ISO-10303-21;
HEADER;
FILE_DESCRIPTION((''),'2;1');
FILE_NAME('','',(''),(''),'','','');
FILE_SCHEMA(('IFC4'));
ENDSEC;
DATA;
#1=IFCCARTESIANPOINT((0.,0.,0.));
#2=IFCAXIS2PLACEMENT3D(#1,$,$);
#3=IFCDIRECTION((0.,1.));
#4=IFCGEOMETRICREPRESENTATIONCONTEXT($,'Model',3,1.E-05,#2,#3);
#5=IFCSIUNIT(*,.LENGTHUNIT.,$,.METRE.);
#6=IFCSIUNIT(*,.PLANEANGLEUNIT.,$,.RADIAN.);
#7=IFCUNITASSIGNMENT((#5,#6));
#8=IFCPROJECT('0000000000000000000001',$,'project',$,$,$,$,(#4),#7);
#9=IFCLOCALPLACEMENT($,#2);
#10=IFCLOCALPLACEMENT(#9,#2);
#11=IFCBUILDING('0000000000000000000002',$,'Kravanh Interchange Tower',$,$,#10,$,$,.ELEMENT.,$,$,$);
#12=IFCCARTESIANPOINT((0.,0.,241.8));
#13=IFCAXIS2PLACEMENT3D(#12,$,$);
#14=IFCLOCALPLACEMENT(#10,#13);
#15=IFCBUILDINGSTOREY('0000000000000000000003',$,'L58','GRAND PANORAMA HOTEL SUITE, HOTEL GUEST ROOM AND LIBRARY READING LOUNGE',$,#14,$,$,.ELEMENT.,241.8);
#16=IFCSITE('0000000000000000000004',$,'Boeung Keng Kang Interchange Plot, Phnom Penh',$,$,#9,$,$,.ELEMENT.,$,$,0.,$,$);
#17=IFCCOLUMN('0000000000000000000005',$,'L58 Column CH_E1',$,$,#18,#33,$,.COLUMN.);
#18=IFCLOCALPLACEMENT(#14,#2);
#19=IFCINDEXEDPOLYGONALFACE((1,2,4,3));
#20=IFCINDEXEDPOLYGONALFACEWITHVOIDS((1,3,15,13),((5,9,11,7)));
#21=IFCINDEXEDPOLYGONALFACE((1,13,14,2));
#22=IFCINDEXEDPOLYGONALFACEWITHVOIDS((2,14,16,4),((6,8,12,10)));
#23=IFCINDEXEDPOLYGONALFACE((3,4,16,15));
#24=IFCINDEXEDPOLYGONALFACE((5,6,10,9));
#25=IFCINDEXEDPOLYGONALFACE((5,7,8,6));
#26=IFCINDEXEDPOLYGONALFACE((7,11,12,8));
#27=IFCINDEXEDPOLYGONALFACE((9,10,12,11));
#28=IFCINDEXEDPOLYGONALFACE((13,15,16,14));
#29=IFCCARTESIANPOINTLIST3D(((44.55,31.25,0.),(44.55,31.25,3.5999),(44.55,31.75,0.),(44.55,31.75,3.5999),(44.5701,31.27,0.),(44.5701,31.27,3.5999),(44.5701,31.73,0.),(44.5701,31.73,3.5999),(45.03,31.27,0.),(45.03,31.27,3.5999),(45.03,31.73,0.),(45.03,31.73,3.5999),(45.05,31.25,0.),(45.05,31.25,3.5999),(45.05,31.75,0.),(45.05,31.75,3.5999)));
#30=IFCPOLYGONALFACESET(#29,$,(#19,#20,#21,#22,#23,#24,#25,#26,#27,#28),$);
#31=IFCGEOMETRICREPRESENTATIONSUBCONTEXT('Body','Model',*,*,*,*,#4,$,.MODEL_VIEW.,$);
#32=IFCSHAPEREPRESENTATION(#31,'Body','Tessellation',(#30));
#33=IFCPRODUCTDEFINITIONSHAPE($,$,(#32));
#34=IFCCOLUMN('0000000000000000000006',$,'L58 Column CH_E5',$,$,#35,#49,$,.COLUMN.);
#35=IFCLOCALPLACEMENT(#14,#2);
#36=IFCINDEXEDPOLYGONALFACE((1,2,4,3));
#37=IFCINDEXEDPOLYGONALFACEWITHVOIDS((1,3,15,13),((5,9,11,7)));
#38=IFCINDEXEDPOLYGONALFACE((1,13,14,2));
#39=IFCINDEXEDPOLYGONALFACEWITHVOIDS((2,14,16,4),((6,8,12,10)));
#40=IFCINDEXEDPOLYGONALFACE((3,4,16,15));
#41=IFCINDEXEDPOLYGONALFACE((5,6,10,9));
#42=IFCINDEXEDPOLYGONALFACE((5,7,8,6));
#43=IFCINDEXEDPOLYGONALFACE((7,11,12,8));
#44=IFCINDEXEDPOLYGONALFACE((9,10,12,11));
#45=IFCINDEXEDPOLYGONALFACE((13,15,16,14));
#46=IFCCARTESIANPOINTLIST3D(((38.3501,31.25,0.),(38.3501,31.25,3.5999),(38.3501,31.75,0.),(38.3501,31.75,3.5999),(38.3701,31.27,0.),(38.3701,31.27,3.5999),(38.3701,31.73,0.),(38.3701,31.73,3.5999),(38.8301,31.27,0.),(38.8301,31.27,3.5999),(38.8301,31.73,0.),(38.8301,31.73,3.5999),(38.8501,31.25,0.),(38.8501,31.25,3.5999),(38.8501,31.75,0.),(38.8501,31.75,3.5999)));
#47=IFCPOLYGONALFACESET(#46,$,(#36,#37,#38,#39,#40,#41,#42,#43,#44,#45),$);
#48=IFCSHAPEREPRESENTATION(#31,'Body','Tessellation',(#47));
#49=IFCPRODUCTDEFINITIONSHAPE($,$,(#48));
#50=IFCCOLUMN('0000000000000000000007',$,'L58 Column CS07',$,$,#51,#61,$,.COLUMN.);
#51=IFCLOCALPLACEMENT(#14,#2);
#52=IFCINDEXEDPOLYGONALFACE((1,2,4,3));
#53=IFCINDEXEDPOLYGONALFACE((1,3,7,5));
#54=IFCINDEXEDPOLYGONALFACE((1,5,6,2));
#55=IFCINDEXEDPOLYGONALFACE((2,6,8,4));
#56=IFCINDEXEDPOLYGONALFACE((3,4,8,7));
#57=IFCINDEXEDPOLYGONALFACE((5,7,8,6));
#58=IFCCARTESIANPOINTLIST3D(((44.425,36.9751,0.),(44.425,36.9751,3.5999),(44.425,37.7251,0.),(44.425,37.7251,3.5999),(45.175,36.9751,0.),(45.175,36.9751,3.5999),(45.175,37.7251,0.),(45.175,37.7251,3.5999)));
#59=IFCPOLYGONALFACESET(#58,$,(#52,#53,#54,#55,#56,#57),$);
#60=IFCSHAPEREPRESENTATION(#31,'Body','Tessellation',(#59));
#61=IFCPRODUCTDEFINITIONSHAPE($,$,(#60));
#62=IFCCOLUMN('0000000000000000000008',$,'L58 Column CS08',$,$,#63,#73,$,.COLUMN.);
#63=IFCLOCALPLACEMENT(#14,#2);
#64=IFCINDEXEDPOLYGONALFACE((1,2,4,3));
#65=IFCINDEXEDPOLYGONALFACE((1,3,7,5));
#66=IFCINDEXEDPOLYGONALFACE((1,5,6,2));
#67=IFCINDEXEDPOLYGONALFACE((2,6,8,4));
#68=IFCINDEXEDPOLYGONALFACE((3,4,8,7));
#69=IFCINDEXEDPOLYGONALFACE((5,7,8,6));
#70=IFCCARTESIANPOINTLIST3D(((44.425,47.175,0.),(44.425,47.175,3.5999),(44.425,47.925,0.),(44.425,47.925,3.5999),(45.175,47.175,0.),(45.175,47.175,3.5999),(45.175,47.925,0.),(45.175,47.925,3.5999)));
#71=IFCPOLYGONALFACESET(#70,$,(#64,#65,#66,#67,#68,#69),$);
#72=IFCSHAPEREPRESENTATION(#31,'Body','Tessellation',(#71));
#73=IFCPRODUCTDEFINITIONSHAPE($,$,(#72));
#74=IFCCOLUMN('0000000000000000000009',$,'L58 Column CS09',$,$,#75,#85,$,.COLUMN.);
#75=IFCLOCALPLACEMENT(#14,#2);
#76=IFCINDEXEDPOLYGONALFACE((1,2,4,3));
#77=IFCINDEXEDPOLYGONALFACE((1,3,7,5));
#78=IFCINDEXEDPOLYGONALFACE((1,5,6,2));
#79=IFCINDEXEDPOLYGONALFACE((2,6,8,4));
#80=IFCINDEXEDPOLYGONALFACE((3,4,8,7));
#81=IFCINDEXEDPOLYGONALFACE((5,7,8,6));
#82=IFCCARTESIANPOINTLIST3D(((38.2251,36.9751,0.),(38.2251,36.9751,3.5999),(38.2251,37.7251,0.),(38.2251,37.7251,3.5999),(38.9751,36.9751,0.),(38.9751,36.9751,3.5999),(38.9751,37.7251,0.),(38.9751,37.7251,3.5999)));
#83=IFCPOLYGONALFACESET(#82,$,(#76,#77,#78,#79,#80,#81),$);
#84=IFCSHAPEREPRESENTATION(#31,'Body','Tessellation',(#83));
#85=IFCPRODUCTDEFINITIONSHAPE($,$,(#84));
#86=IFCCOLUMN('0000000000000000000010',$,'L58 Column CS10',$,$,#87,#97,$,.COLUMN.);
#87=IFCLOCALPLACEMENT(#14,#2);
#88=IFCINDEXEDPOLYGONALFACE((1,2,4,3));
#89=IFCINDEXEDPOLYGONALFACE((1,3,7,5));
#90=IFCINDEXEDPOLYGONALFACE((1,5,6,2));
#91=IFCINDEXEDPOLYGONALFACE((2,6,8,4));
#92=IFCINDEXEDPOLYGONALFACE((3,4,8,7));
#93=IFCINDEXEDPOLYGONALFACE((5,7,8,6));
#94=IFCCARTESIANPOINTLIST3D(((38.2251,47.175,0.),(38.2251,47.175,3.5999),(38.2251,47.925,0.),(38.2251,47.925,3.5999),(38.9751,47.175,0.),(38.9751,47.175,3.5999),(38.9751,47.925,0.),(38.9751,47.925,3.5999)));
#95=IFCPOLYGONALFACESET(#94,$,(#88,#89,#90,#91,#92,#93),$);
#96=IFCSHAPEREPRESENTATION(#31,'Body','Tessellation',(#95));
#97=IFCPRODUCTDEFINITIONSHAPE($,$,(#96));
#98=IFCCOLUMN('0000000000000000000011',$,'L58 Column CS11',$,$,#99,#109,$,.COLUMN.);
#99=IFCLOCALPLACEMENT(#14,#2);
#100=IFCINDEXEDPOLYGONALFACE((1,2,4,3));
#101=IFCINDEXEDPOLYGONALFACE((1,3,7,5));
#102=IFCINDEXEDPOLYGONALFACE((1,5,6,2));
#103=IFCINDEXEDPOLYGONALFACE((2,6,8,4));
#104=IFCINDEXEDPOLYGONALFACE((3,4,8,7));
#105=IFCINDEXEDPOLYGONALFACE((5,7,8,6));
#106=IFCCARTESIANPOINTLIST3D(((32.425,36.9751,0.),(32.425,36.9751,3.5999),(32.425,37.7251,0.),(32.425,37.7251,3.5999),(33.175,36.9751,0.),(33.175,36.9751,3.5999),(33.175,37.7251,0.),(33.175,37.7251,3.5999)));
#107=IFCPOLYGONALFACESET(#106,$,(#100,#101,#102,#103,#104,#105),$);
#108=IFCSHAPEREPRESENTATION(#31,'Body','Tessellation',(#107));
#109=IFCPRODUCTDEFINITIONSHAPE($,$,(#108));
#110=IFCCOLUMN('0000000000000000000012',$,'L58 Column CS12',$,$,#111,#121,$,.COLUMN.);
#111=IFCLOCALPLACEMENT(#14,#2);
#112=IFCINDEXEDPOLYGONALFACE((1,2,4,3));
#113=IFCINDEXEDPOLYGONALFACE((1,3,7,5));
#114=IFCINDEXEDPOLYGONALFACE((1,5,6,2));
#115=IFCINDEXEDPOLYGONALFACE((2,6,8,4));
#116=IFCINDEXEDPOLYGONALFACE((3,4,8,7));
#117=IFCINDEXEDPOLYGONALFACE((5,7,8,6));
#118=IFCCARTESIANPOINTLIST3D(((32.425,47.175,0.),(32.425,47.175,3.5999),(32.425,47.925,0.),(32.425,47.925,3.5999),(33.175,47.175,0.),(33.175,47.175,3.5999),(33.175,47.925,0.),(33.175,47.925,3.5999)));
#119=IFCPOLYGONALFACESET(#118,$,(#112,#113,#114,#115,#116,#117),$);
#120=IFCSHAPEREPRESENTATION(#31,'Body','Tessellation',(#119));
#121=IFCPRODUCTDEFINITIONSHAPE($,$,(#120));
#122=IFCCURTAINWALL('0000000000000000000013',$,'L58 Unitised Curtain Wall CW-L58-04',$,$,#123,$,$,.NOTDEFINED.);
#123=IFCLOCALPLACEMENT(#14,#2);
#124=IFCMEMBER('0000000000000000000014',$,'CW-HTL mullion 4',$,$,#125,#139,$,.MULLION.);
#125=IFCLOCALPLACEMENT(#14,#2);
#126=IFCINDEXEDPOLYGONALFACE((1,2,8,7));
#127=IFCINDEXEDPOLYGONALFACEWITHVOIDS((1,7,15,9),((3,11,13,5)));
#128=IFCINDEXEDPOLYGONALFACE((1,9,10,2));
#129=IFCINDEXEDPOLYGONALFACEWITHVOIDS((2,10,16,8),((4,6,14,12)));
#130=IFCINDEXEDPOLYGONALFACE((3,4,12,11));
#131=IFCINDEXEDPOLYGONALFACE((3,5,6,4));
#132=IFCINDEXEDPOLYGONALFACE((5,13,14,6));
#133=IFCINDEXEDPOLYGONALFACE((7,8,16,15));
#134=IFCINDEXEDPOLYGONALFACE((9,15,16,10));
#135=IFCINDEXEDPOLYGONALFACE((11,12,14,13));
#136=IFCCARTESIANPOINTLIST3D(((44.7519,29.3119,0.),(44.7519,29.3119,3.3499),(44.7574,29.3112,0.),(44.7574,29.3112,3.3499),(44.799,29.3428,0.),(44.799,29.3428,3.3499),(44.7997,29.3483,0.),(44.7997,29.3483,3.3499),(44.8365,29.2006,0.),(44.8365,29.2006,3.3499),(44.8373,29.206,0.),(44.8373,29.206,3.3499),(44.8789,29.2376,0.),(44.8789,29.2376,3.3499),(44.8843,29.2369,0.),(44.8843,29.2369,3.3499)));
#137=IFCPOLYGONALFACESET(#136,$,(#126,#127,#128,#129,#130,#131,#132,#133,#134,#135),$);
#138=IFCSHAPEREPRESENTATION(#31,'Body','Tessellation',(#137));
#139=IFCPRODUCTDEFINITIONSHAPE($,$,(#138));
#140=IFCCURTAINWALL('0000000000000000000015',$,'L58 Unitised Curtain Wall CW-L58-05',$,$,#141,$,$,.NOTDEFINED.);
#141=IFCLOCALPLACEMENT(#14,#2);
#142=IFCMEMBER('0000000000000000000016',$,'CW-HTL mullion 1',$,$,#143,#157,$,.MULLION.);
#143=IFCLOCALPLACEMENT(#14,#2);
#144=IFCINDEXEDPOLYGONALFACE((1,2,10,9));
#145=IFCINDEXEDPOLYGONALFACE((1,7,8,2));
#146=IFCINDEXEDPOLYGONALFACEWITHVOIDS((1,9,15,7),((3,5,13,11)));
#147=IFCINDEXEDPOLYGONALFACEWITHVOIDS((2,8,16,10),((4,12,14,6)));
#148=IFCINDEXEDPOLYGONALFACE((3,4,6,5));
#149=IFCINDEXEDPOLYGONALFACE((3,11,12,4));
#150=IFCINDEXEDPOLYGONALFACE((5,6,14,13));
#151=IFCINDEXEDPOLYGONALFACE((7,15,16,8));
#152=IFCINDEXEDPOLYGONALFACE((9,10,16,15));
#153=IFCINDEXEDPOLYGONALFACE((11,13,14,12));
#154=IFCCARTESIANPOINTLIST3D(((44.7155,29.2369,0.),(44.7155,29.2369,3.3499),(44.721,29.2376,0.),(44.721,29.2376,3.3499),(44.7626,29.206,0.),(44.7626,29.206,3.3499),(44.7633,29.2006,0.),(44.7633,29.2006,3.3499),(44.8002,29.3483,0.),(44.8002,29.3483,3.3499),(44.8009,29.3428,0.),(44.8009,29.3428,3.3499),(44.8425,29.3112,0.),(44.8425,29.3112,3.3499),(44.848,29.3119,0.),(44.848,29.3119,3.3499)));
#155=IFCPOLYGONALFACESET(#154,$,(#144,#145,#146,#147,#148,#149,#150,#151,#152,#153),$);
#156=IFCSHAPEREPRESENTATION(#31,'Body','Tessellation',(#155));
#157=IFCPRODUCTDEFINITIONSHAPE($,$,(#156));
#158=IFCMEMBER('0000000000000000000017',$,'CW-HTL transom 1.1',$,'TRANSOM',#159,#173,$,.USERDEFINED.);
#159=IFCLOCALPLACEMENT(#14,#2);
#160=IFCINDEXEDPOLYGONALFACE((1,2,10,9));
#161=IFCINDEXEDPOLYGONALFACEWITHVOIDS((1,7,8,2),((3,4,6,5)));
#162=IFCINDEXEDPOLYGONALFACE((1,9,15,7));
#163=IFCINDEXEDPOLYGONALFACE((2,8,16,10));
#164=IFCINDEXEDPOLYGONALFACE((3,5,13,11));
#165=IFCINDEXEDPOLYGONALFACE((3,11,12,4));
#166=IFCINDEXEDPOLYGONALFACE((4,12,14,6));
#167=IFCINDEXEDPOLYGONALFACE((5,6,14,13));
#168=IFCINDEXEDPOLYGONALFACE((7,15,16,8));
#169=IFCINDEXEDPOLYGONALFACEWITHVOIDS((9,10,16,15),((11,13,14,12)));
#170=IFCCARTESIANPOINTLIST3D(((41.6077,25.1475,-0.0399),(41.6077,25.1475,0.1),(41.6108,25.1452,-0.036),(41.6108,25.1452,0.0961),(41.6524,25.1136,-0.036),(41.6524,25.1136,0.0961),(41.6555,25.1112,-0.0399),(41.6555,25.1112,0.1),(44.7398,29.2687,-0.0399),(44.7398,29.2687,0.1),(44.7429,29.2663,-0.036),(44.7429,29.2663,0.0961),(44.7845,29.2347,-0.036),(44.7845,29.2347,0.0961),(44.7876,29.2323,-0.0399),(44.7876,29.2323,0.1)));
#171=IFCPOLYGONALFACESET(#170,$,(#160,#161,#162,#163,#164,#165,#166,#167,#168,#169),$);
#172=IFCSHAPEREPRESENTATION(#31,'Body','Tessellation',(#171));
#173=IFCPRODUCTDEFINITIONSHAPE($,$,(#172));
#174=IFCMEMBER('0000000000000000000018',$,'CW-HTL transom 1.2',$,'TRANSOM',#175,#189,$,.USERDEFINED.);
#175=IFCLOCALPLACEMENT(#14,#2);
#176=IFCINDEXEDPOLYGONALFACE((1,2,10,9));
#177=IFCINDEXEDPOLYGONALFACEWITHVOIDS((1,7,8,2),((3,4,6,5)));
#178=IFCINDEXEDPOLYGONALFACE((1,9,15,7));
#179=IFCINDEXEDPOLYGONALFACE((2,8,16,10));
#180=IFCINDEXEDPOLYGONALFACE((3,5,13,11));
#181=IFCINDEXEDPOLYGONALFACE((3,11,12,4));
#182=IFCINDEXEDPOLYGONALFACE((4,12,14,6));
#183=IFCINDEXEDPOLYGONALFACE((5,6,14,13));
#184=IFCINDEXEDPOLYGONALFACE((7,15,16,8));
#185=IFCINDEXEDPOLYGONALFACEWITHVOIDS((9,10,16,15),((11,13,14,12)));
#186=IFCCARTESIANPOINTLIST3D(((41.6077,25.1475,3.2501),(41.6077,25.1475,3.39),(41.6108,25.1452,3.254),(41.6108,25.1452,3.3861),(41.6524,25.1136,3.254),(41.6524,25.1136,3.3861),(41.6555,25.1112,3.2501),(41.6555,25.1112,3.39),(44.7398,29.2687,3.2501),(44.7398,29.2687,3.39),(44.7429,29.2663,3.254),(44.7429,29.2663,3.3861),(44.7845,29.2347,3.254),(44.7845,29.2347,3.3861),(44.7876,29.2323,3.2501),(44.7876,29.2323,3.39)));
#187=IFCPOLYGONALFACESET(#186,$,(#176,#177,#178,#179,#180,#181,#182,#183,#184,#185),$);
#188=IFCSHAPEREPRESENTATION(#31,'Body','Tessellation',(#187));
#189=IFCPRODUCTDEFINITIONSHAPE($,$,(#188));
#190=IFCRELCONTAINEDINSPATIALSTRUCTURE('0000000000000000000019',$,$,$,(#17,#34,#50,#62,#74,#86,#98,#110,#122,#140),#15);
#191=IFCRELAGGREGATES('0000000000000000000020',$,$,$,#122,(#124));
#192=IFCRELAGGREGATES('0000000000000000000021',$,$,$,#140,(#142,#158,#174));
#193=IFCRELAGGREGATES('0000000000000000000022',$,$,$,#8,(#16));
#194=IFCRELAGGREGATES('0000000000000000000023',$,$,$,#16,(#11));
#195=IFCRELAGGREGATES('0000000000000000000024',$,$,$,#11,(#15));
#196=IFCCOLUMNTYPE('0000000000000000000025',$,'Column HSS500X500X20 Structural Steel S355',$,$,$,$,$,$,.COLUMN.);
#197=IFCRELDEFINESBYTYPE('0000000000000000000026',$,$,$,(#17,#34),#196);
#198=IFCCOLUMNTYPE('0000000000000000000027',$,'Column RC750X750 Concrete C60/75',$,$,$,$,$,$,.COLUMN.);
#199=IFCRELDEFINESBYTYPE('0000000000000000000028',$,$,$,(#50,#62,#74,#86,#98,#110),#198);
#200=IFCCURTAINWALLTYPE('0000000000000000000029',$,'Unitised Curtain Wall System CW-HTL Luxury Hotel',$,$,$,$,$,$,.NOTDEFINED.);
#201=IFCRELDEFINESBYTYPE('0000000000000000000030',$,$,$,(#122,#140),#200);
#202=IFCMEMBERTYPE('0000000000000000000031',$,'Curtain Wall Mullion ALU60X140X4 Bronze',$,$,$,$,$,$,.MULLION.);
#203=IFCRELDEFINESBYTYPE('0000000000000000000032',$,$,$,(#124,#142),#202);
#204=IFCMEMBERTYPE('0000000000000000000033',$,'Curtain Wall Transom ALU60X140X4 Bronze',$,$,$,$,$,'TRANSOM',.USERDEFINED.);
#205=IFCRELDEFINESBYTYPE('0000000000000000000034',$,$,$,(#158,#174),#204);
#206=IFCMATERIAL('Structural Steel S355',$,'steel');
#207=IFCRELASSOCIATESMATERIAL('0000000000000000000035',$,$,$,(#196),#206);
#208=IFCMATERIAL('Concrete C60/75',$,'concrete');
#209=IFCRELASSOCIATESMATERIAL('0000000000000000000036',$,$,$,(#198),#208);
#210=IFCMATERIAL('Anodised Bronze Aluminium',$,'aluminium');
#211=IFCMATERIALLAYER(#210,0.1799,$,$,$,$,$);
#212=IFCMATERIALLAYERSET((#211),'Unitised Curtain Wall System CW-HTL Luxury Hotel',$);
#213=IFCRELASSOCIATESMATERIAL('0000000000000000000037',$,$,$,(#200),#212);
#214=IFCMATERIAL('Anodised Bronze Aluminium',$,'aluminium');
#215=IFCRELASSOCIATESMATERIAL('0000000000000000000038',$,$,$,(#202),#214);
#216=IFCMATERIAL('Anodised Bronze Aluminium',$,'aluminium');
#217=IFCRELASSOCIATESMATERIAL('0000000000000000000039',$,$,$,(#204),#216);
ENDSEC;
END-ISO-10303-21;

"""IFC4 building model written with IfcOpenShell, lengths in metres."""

from ifc_helpers import new_model, si_unit, direction, frame, origin, origin_2d, place, context, subcontext, project, spatial, rectangle, hollow_rectangle, extrude, material, layer, layer_set, material_profile, profile_set, type_object, element, aggregate, save


model = new_model("IFC4")

# Units and contexts
model_context = context("Model", 3, precision=1e-05, world=origin(), true_north=direction((0.0, 1.0)))
body_context = subcontext(model_context, "Body", "Model", "MODEL_VIEW")
ifc_project = project(units=[si_unit("LENGTHUNIT", "METRE"), si_unit("PLANEANGLEUNIT", "RADIAN")], contexts=[model_context])

# Site, building, storey
site_placement = place(None, origin())
site = spatial("IfcSite", under=ifc_project, at=site_placement, Name="Boeung Keng Kang Interchange Plot, Phnom Penh", CompositionType="ELEMENT", RefElevation=0.0)
building_placement = place(site_placement, origin())
building = spatial("IfcBuilding", under=site, at=building_placement, Name="Kravanh Interchange Tower", CompositionType="ELEMENT")
storey_placement = place(building_placement, frame((0.0, 0.0, 241.8)))
storey = spatial("IfcBuildingStorey", under=building, at=storey_placement, Name="L58", Description="GRAND PANORAMA HOTEL SUITE, HOTEL GUEST ROOM AND LIBRARY READING LOUNGE", CompositionType="ELEMENT", Elevation=241.8)

# Columns
ifc_material_1 = material(Name="Structural Steel S355", Category="steel")
ifc_material_profile_1 = material_profile(ifc_material_1, hollow_rectangle(XDim=0.5, YDim=0.5, WallThickness=0.02, at=origin_2d()), Name="HSS500X500X20")
ifc_profile_set_1 = profile_set([ifc_material_profile_1], Name="Structural Steel S355")
column_type_1 = type_object("IfcColumnType", Name="Column HSS500X500X20 Structural Steel S355", PredefinedType="COLUMN", material=ifc_profile_set_1)
for number, where, z_axis, x_axis, name in (
    (1, (44.8, 31.5, 0.0), (0.0, 0.0, 1.0), (1.0, 0.0, 0.0), "L58 Column CH_E1"),
    (2, (38.6001, 31.5, 0.0), (0.0, 0.0, 1.0), (1.0, 0.0, 0.0), "L58 Column CH_E5"),
):
    element("IfcColumn", number, at=place(storey_placement, frame(where, z_axis=z_axis, x_axis=x_axis)), inside=storey, type_object=column_type_1, Name=name, PredefinedType="COLUMN", context=body_context, shape_type="SweptSolid", body=[
        extrude(hollow_rectangle(XDim=0.5, YDim=0.5, WallThickness=0.02, at=origin_2d()), origin(), (0.0, 0.0, 1.0), 3.5999),
    ])
ifc_material_2 = material(Name="Concrete C60/75", Category="concrete")
ifc_material_profile_2 = material_profile(ifc_material_2, rectangle(XDim=0.75, YDim=0.75, at=origin_2d()), Name="RC750X750")
ifc_profile_set_2 = profile_set([ifc_material_profile_2], Name="Concrete C60/75")
column_type_2 = type_object("IfcColumnType", Name="Column RC750X750 Concrete C60/75", PredefinedType="COLUMN", material=ifc_profile_set_2)
for number, where, z_axis, x_axis, name in (
    (3, (44.8, 37.3501, 0.0), (0.0, 0.0, 1.0), (1.0, 0.0, 0.0), "L58 Column CS07"),
    (4, (44.8, 47.55, 0.0), (0.0, 0.0, 1.0), (1.0, 0.0, 0.0), "L58 Column CS08"),
    (5, (38.6001, 37.3501, 0.0), (0.0, 0.0, 1.0), (1.0, 0.0, 0.0), "L58 Column CS09"),
    (6, (38.6001, 47.55, 0.0), (0.0, 0.0, 1.0), (1.0, 0.0, 0.0), "L58 Column CS10"),
    (7, (32.8, 37.3501, 0.0), (0.0, 0.0, 1.0), (1.0, 0.0, 0.0), "L58 Column CS11"),
    (8, (32.8, 47.55, 0.0), (0.0, 0.0, 1.0), (1.0, 0.0, 0.0), "L58 Column CS12"),
):
    element("IfcColumn", number, at=place(storey_placement, frame(where, z_axis=z_axis, x_axis=x_axis)), inside=storey, type_object=column_type_2, Name=name, PredefinedType="COLUMN", context=body_context, shape_type="SweptSolid", body=[
        extrude(rectangle(XDim=0.75, YDim=0.75, at=origin_2d()), origin(), (0.0, 0.0, 1.0), 3.5999),
    ])

# Curtain wall, member
ifc_material_3 = material(Name="Anodised Bronze Aluminium", Category="aluminium")
ifc_layer_1 = layer(ifc_material_3, 0.1799)
ifc_layer_set_1 = layer_set([ifc_layer_1], Name="Unitised Curtain Wall System CW-HTL Luxury Hotel")
curtain_wall_type = type_object("IfcCurtainWallType", Name="Unitised Curtain Wall System CW-HTL Luxury Hotel", PredefinedType="NOTDEFINED", material=ifc_layer_set_1)
curtain_wall_1_placement = place(storey_placement, origin())
curtain_wall_1 = element("IfcCurtainWall", 9, at=curtain_wall_1_placement, inside=storey, type_object=curtain_wall_type, Name="L58 Unitised Curtain Wall CW-L58-04", PredefinedType="NOTDEFINED")
ifc_material_4 = material(Name="Anodised Bronze Aluminium", Category="aluminium")
ifc_material_profile_3 = material_profile(ifc_material_4, hollow_rectangle(XDim=0.0601, YDim=0.1399, WallThickness=0.0039, at=origin_2d()), Name="ALU60X140X4")
ifc_profile_set_3 = profile_set([ifc_material_profile_3], Name="Anodised Bronze Aluminium")
member_type_1 = type_object("IfcMemberType", Name="Curtain Wall Mullion ALU60X140X4 Bronze", PredefinedType="MULLION", material=ifc_profile_set_3)
member_1_placement = place(storey_placement, frame((44.8181, 29.2744, 0.0), z_axis=(0.0, 0.0, 1.0), x_axis=(-0.796162, -0.605083, 0.0)))
member_1 = element("IfcMember", 10, at=member_1_placement, type_object=member_type_1, Name="CW-HTL mullion 4", PredefinedType="MULLION", context=body_context, shape_type="SweptSolid", body=[
    extrude(hollow_rectangle(XDim=0.0601, YDim=0.1399, WallThickness=0.0039, at=origin_2d()), origin(), (0.0, 0.0, 1.0), 3.3499),
])
aggregate(curtain_wall_1, [member_1])

# Curtain wall, members
curtain_wall_2_placement = place(storey_placement, origin())
curtain_wall_2 = element("IfcCurtainWall", 11, at=curtain_wall_2_placement, inside=storey, type_object=curtain_wall_type, Name="L58 Unitised Curtain Wall CW-L58-05", PredefinedType="NOTDEFINED")
member_2_placement = place(storey_placement, frame((44.7817, 29.2744, 0.0), z_axis=(0.0, 0.0, 1.0), x_axis=(0.796162, -0.605083, 0.0)))
member_2 = element("IfcMember", 12, at=member_2_placement, type_object=member_type_1, Name="CW-HTL mullion 1", PredefinedType="MULLION", context=body_context, shape_type="SweptSolid", body=[
    extrude(hollow_rectangle(XDim=0.0601, YDim=0.1399, WallThickness=0.0039, at=origin_2d()), origin(), (0.0, 0.0, 1.0), 3.3499),
])
ifc_material_5 = material(Name="Anodised Bronze Aluminium", Category="aluminium")
ifc_material_profile_4 = material_profile(ifc_material_5, hollow_rectangle(XDim=0.0601, YDim=0.1399, WallThickness=0.0039, at=origin_2d()), Name="ALU60X140X4")
ifc_profile_set_4 = profile_set([ifc_material_profile_4], Name="Anodised Bronze Aluminium")
member_type_2 = type_object("IfcMemberType", Name="Curtain Wall Transom ALU60X140X4 Bronze", ElementType="TRANSOM", PredefinedType="USERDEFINED", material=ifc_profile_set_4)
member_3_placement = place(storey_placement, frame((44.7637, 29.2505, 0.03), z_axis=(-0.605089, -0.796158, 0.0), x_axis=(0.796158, -0.605089, 0.0)))
member_3 = element("IfcMember", 13, at=member_3_placement, type_object=member_type_2, Name="CW-HTL transom 1.1", ObjectType="TRANSOM", PredefinedType="USERDEFINED", context=body_context, shape_type="SweptSolid", body=[
    extrude(hollow_rectangle(XDim=0.0601, YDim=0.1399, WallThickness=0.0039, at=origin_2d()), origin(), (0.0, 0.0, 1.0), 5.1763),
])
member_4_placement = place(storey_placement, frame((44.7637, 29.2505, 3.3201), z_axis=(-0.605089, -0.796158, 0.0), x_axis=(0.796158, -0.605089, 0.0)))
member_4 = element("IfcMember", 14, at=member_4_placement, type_object=member_type_2, Name="CW-HTL transom 1.2", ObjectType="TRANSOM", PredefinedType="USERDEFINED", context=body_context, shape_type="SweptSolid", body=[
    extrude(hollow_rectangle(XDim=0.0601, YDim=0.1399, WallThickness=0.0039, at=origin_2d()), origin(), (0.0, 0.0, 1.0), 5.1763),
])
aggregate(curtain_wall_2, [member_2, member_3, member_4])

save(model, "model.ifc")
